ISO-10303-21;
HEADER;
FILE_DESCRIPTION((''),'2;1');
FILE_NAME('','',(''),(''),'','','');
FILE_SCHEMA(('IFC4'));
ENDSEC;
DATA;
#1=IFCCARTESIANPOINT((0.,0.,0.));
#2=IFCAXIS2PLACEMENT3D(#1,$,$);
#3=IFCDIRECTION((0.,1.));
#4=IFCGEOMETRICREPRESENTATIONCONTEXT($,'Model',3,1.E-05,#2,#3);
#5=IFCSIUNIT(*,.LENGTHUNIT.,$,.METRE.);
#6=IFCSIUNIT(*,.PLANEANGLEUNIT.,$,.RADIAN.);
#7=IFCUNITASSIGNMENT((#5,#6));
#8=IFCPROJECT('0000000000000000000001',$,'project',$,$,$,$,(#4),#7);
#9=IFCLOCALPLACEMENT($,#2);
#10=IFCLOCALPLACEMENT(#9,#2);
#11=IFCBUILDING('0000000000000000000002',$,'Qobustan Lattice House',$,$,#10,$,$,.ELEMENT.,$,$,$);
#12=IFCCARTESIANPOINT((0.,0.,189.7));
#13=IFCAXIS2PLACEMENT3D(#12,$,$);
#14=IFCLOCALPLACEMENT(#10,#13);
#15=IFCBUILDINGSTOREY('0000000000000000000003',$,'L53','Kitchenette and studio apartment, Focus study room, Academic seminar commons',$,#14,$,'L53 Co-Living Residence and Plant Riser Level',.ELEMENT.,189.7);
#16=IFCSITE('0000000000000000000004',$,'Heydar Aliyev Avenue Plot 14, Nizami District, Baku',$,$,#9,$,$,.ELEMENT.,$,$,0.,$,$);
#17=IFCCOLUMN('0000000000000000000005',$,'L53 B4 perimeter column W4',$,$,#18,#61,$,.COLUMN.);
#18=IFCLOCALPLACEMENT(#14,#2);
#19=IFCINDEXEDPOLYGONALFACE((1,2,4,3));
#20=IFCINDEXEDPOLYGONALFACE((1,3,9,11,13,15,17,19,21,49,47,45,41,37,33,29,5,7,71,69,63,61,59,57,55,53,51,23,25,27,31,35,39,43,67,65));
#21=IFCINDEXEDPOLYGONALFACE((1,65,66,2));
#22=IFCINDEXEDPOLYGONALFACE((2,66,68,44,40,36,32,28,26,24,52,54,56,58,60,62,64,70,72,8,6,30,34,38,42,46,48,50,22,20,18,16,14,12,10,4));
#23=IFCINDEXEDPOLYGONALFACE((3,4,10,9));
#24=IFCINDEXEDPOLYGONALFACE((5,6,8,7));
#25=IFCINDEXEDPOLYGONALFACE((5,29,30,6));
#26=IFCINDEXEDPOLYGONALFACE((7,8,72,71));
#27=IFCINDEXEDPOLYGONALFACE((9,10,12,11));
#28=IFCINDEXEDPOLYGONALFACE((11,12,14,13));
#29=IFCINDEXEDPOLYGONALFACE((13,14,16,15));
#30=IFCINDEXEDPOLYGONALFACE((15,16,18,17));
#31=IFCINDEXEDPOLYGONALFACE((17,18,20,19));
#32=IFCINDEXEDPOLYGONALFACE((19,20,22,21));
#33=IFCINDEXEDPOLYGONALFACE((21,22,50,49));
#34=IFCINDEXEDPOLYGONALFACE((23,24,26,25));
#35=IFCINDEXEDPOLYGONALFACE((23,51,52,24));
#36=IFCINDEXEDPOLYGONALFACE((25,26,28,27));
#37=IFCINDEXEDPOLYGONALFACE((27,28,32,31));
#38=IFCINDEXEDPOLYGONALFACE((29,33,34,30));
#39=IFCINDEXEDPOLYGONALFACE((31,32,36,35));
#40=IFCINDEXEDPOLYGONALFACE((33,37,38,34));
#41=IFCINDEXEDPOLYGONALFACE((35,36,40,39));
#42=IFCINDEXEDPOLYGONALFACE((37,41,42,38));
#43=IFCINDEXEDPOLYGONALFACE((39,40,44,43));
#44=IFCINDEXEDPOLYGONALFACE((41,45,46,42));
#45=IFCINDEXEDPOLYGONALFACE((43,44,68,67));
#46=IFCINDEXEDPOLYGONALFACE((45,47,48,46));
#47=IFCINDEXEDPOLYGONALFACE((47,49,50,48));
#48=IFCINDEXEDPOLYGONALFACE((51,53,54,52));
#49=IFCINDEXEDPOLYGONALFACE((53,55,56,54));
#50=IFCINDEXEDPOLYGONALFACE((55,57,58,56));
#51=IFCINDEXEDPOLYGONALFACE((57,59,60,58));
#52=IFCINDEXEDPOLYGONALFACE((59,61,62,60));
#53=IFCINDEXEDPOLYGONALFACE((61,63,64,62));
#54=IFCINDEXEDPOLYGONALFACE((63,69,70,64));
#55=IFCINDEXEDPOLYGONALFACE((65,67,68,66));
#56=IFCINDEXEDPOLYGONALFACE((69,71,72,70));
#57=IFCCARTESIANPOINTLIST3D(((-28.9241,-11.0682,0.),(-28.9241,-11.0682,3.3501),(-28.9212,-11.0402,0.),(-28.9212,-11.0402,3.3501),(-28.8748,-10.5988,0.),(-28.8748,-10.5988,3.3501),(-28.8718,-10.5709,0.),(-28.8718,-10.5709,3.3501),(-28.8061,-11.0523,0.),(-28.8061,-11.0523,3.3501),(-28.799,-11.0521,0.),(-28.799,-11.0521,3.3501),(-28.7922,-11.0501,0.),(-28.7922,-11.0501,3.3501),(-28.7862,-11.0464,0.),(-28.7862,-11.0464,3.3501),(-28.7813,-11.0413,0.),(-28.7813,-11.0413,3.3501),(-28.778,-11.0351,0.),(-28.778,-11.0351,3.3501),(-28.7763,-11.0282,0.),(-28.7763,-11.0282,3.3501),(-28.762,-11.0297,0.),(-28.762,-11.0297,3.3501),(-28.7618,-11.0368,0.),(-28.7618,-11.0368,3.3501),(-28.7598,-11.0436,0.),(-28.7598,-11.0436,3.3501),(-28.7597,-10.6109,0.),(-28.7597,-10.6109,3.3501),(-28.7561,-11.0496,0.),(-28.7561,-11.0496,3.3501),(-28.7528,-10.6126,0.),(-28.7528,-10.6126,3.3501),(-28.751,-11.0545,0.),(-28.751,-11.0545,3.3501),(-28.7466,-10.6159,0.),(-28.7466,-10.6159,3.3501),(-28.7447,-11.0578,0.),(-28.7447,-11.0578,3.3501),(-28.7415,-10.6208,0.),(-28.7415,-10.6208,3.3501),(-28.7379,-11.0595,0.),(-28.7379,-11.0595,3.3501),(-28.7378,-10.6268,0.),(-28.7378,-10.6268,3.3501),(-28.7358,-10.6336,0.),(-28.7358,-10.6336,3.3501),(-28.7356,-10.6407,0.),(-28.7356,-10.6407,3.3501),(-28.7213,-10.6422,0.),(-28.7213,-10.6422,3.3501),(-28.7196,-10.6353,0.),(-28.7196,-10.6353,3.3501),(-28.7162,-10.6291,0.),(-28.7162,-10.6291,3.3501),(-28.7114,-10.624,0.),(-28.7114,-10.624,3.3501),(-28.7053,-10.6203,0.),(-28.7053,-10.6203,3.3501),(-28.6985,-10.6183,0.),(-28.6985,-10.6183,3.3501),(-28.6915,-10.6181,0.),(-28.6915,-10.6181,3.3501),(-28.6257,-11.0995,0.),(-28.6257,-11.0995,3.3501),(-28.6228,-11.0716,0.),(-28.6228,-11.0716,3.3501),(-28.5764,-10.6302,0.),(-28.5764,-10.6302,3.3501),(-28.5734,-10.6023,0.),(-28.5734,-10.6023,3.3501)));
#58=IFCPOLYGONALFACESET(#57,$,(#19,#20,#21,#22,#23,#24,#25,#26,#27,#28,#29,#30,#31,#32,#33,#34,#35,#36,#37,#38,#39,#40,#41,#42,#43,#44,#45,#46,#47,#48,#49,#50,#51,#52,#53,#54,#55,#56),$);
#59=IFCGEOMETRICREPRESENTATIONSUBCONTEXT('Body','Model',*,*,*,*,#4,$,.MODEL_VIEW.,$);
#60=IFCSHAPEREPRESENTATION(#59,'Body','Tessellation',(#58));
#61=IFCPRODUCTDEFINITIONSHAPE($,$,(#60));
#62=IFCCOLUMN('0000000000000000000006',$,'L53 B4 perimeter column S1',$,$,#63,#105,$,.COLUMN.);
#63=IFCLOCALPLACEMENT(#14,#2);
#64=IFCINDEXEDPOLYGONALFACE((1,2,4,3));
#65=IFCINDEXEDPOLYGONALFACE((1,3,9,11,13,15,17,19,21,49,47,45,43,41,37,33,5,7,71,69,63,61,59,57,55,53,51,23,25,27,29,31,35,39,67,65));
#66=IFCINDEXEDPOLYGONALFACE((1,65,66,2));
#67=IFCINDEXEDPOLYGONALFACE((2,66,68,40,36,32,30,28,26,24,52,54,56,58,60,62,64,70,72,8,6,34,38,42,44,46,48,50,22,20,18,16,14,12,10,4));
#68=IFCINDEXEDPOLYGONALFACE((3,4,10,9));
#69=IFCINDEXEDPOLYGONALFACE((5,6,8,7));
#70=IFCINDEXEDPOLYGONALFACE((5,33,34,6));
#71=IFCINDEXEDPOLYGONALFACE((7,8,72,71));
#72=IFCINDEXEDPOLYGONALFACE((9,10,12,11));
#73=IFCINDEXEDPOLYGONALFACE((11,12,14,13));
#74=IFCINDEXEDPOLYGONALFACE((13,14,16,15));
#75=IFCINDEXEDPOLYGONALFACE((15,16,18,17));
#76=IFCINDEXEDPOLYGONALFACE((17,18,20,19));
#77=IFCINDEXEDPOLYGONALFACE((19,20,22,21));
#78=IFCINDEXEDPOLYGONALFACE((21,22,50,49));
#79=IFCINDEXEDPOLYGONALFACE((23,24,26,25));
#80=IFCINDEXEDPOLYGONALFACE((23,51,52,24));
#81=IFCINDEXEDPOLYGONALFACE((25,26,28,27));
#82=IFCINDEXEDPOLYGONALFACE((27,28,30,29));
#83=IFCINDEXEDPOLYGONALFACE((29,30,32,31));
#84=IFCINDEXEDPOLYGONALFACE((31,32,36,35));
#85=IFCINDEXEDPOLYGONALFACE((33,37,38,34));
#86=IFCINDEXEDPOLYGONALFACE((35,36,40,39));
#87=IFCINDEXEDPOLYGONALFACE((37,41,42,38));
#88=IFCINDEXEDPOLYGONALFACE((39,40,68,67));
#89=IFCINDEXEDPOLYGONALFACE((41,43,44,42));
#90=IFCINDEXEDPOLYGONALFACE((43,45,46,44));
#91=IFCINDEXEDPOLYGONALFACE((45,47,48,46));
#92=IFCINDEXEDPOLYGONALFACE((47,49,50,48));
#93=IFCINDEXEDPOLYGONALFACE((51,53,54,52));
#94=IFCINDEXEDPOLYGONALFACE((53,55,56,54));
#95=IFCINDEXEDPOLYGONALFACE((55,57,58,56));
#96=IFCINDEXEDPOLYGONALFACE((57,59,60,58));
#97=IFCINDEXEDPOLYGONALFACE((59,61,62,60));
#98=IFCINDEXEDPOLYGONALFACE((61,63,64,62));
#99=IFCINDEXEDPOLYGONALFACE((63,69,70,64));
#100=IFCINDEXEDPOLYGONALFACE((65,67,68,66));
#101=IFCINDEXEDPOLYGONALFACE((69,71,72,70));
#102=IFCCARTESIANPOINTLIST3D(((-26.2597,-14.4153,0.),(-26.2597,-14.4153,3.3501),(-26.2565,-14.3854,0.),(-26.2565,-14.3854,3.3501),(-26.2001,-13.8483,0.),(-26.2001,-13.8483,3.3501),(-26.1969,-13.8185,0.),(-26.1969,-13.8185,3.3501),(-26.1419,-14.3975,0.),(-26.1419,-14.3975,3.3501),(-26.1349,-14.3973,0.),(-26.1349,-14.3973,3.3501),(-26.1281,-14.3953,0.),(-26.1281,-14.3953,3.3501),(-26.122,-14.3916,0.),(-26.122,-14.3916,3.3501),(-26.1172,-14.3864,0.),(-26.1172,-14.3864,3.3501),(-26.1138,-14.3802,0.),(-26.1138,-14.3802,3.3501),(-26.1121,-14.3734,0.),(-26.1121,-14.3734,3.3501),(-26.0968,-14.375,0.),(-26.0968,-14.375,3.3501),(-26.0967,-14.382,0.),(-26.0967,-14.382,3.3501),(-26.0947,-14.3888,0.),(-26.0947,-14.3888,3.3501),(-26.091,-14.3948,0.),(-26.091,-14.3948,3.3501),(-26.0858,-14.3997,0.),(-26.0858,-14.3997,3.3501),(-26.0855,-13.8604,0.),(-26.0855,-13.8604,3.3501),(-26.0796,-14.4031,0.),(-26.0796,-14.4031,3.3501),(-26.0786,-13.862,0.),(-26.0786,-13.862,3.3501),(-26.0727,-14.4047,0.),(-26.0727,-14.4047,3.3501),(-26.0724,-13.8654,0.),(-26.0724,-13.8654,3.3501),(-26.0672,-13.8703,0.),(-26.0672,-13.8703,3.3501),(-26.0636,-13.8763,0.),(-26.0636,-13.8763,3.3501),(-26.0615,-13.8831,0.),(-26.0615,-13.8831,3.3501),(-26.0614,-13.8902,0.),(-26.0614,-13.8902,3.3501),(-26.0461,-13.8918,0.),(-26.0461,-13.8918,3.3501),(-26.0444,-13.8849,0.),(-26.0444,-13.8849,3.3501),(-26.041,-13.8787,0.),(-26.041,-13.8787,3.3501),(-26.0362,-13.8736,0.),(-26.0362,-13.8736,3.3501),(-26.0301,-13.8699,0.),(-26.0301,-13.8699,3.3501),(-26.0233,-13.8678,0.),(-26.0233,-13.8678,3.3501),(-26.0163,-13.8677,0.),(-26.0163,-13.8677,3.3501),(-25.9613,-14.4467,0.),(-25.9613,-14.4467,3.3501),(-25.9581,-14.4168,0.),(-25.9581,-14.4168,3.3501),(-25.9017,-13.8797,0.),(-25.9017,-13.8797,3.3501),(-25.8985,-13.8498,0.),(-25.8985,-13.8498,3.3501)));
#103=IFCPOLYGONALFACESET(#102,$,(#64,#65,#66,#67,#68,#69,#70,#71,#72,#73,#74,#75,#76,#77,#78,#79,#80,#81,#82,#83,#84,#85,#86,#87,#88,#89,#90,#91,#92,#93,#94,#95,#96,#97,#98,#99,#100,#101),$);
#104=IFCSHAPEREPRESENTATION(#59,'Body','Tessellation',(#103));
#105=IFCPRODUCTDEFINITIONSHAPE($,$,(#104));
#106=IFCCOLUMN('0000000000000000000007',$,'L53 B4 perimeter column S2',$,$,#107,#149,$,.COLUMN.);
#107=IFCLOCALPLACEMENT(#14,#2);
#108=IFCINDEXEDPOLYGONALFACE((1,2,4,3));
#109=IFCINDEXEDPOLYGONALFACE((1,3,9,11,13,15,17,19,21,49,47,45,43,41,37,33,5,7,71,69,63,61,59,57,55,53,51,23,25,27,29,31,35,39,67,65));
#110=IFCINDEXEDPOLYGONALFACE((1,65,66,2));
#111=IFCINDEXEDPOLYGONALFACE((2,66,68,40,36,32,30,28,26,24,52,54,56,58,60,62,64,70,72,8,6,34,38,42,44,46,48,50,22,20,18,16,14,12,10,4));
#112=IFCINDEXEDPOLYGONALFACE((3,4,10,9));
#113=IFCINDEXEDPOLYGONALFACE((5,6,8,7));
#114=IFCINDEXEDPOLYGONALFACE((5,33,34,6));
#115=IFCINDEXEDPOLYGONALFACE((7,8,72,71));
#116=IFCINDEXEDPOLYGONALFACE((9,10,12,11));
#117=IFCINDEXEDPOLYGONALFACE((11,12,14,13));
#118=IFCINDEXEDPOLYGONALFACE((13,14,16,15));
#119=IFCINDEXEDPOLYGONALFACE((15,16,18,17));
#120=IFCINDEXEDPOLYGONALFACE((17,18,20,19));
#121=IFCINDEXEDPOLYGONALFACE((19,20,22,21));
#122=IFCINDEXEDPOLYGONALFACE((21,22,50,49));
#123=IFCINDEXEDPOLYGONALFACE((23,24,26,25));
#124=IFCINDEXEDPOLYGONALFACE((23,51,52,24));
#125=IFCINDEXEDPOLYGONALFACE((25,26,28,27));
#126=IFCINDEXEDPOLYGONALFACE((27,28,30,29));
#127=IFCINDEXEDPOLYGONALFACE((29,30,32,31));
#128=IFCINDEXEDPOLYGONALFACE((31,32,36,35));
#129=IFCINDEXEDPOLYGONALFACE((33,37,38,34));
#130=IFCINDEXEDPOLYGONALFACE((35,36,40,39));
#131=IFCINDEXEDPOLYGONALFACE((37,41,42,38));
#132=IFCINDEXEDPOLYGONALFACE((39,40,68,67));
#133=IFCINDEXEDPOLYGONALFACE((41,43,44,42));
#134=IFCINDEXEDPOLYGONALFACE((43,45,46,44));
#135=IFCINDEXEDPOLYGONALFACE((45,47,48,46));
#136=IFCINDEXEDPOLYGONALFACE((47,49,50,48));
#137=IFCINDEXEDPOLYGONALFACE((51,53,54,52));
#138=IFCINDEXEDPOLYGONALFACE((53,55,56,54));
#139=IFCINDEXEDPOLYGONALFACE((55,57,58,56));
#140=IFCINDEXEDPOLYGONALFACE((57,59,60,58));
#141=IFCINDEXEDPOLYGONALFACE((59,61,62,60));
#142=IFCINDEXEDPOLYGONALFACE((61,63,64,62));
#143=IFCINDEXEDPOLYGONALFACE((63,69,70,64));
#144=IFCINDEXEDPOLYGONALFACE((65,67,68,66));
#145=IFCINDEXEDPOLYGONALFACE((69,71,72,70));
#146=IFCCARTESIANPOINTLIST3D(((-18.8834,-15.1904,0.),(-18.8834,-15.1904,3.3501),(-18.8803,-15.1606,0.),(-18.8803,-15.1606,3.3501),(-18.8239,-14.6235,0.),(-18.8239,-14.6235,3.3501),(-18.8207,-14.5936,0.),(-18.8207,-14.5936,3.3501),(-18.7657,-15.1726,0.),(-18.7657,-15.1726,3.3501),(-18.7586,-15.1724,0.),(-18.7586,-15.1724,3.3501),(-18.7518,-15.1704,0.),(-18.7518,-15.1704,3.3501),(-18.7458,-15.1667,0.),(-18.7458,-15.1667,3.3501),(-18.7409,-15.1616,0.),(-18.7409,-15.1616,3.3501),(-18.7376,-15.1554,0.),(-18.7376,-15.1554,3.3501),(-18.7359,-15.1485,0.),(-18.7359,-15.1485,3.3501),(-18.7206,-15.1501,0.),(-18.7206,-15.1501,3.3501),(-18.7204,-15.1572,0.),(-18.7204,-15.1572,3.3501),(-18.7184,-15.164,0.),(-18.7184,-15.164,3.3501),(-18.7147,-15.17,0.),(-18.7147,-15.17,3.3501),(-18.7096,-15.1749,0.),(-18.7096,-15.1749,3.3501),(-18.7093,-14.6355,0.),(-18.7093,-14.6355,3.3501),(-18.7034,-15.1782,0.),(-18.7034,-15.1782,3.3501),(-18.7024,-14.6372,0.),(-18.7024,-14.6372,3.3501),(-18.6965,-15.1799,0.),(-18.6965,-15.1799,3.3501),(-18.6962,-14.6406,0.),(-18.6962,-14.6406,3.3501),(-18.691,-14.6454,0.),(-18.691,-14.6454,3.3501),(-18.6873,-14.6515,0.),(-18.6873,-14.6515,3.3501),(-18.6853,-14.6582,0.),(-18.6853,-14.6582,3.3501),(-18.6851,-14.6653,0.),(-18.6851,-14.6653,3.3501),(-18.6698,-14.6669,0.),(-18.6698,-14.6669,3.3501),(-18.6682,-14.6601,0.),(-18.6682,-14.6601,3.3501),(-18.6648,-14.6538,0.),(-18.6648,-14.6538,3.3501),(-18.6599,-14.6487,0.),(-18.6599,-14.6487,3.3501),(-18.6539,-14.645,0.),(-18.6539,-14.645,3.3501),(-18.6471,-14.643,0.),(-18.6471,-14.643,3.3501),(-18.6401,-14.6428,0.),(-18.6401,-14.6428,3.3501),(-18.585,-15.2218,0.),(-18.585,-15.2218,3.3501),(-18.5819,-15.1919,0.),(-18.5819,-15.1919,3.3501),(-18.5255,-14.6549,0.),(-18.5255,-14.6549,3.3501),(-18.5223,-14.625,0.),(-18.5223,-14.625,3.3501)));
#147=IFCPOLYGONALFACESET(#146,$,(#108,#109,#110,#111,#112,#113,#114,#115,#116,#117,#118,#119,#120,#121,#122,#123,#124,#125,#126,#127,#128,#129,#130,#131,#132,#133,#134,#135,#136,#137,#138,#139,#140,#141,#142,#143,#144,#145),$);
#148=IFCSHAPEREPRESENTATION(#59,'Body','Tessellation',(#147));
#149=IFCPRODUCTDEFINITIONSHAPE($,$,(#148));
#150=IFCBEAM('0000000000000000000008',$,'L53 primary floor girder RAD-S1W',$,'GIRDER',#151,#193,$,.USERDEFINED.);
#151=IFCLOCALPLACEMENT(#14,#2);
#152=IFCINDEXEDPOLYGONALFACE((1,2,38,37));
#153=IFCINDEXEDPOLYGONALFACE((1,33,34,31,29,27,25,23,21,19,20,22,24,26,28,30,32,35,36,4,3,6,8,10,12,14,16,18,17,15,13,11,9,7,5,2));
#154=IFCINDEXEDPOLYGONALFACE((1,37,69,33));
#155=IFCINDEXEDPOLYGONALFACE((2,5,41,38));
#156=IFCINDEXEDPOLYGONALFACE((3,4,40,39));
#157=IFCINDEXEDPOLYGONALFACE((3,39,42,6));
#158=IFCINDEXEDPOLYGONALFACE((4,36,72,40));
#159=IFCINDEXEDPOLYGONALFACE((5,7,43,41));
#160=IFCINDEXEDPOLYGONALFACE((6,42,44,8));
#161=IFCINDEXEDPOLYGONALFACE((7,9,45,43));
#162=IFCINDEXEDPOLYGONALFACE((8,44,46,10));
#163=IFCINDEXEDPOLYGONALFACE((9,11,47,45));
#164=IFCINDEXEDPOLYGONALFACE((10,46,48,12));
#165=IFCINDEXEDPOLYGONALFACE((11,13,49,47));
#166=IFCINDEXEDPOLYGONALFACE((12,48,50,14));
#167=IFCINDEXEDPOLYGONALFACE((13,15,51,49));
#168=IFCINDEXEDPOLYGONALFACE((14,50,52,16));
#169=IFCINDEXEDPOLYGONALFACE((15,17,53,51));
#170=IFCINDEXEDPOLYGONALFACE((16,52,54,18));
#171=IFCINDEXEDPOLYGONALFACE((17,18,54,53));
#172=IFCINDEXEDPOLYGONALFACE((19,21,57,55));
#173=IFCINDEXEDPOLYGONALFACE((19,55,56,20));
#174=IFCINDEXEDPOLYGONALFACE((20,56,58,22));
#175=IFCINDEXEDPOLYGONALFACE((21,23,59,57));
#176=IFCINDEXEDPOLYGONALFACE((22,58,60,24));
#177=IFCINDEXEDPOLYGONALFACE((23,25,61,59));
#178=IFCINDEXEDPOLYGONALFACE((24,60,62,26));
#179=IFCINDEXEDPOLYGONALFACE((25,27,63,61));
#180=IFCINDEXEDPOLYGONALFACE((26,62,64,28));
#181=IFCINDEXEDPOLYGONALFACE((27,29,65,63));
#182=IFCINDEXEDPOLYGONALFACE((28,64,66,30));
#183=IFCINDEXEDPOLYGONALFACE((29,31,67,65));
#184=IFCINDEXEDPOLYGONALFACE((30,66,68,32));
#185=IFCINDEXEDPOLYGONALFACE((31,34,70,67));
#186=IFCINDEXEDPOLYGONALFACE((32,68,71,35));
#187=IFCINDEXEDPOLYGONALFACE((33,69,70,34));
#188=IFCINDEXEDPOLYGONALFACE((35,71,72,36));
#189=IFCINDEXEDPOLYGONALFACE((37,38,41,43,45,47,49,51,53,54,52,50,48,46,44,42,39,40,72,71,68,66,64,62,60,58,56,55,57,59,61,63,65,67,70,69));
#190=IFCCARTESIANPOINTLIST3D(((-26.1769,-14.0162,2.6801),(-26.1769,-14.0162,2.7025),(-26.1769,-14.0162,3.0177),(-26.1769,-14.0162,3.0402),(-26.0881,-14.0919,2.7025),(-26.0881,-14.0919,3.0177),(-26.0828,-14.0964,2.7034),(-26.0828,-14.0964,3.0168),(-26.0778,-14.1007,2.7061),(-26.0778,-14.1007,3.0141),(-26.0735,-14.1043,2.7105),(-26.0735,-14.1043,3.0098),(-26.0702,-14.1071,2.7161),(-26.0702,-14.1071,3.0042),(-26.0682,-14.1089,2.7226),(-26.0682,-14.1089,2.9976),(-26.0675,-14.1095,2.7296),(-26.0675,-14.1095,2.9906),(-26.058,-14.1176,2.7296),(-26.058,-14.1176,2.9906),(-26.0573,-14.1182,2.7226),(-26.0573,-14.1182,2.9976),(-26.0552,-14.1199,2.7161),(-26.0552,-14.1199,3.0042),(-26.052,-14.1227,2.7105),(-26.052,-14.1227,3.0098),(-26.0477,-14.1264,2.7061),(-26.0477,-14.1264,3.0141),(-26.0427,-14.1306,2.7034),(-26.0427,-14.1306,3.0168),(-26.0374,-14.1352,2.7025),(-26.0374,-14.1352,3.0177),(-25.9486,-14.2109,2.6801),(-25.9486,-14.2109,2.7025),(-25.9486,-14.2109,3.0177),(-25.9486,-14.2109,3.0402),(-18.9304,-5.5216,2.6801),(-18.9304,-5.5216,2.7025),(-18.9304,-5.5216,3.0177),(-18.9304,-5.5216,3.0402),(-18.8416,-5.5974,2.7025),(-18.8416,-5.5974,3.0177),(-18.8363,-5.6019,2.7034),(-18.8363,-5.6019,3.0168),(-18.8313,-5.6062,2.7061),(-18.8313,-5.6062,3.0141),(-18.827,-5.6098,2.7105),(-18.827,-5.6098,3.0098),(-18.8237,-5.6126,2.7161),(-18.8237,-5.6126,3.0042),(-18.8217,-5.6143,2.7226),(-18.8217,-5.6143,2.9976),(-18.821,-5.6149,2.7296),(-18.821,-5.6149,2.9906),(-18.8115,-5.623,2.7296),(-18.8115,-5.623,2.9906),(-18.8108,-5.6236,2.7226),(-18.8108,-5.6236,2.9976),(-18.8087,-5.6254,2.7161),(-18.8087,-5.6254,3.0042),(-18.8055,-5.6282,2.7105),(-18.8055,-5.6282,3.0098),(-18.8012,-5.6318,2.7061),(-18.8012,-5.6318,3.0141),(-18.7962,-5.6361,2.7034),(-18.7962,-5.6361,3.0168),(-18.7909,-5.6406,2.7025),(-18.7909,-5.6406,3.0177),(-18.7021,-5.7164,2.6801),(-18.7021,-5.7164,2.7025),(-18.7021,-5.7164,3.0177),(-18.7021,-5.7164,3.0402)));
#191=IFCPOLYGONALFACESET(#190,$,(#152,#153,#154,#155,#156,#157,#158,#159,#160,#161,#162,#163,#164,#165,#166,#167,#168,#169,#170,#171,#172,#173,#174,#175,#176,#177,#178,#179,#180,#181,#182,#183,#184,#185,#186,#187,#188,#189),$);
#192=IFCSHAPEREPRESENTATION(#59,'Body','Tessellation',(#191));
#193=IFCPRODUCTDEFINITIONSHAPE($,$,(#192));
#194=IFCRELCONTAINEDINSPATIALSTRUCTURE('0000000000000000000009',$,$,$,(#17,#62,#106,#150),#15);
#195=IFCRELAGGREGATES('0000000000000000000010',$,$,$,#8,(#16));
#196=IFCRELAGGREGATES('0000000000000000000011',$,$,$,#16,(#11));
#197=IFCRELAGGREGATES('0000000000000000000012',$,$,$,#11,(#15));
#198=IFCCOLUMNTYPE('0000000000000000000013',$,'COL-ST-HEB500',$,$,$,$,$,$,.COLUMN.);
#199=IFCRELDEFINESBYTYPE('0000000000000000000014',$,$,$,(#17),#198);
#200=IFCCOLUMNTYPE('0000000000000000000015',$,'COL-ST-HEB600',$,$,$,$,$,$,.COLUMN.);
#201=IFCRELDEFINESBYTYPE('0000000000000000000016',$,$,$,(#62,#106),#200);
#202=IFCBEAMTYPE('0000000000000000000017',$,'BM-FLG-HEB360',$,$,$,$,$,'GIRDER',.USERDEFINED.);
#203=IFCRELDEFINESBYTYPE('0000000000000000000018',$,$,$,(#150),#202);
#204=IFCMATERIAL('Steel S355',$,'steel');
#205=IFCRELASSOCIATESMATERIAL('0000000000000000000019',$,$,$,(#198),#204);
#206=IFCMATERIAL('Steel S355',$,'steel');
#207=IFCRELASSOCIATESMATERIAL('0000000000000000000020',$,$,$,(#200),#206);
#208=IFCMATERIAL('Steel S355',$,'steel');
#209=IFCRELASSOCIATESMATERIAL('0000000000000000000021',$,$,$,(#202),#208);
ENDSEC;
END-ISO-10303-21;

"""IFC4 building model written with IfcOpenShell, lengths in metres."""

from ifc_helpers import new_model, si_unit, direction, frame, origin, origin_2d, place, context, subcontext, project, spatial, i_section, extrude, material, material_profile, profile_set, type_object, element, save


model = new_model("IFC4")

# Units and contexts
model_context = context("Model", 3, precision=1e-05, world=origin(), true_north=direction((0.0, 1.0)))
body_context = subcontext(model_context, "Body", "Model", "MODEL_VIEW")
ifc_project = project(units=[si_unit("LENGTHUNIT", "METRE"), si_unit("PLANEANGLEUNIT", "RADIAN")], contexts=[model_context])

# Site, building, storey
site_placement = place(None, origin())
site = spatial("IfcSite", under=ifc_project, at=site_placement, Name="Heydar Aliyev Avenue Plot 14, Nizami District, Baku", CompositionType="ELEMENT", RefElevation=0.0)
building_placement = place(site_placement, origin())
building = spatial("IfcBuilding", under=site, at=building_placement, Name="Qobustan Lattice House", CompositionType="ELEMENT")
storey_placement = place(building_placement, frame((0.0, 0.0, 189.7)))
storey = spatial("IfcBuildingStorey", under=building, at=storey_placement, Name="L53", Description="Kitchenette and studio apartment, Focus study room, Academic seminar commons", LongName="L53 Co-Living Residence and Plant Riser Level", CompositionType="ELEMENT", Elevation=189.7)

# Columns
ifc_material_1 = material(Name="Steel S355", Category="steel")
ifc_material_profile_1 = material_profile(ifc_material_1, i_section(OverallWidth=0.3, OverallDepth=0.5, WebThickness=0.0144, FlangeThickness=0.0281, FilletRadius=0.0271, at=origin_2d()), Name="HEB500")
ifc_profile_set_1 = profile_set([ifc_material_profile_1], Name="Steel S355")
column_type_1 = type_object("IfcColumnType", Name="COL-ST-HEB500", PredefinedType="COLUMN", material=ifc_profile_set_1)
column_placement = place(storey_placement, frame((-28.7488, -10.8352, 0.0), z_axis=(0.0, 0.0, 1.0), x_axis=(0.994522, -0.104528, 0.0)))
element("IfcColumn", 1, at=column_placement, inside=storey, type_object=column_type_1, Name="L53 B4 perimeter column W4", PredefinedType="COLUMN", context=body_context, shape_type="SweptSolid", body=[
    extrude(i_section(OverallWidth=0.3, OverallDepth=0.5, WebThickness=0.0144, FlangeThickness=0.0281, FilletRadius=0.0271, at=origin_2d()), origin(), (0.0, 0.0, 1.0), 3.3501),
])
ifc_material_2 = material(Name="Steel S355", Category="steel")
ifc_material_profile_2 = material_profile(ifc_material_2, i_section(OverallWidth=0.3, OverallDepth=0.6001, WebThickness=0.0154, FlangeThickness=0.03, FilletRadius=0.0271, at=origin_2d()), Name="HEB600")
ifc_profile_set_2 = profile_set([ifc_material_profile_2], Name="Steel S355")
column_type_2 = type_object("IfcColumnType", Name="COL-ST-HEB600", PredefinedType="COLUMN", material=ifc_profile_set_2)
for number, where, z_axis, x_axis, name in (
    (2, (-26.0791, -14.1326, 0.0), (0.0, 0.0, 1.0), (0.994522, -0.104528, 0.0), "L53 B4 perimeter column S1"),
    (3, (-18.7029, -14.9077, 0.0), (0.0, 0.0, 1.0), (0.994522, -0.104528, 0.0), "L53 B4 perimeter column S2"),
):
    element("IfcColumn", number, at=place(storey_placement, frame(where, z_axis=z_axis, x_axis=x_axis)), inside=storey, type_object=column_type_2, Name=name, PredefinedType="COLUMN", context=body_context, shape_type="SweptSolid", body=[
        extrude(i_section(OverallWidth=0.3, OverallDepth=0.6001, WebThickness=0.0154, FlangeThickness=0.03, FilletRadius=0.0271, at=origin_2d()), origin(), (0.0, 0.0, 1.0), 3.3501),
    ])

# Beam
ifc_material_3 = material(Name="Steel S355", Category="steel")
ifc_material_profile_3 = material_profile(ifc_material_3, i_section(OverallWidth=0.3, OverallDepth=0.3601, WebThickness=0.0125, FlangeThickness=0.0225, FilletRadius=0.0271, at=origin_2d()), Name="HEB360")
ifc_profile_set_3 = profile_set([ifc_material_profile_3], Name="Steel S355")
beam_type_1 = type_object("IfcBeamType", Name="BM-FLG-HEB360", ElementType="GIRDER", PredefinedType="USERDEFINED", material=ifc_profile_set_3)
beam_1_placement = place(storey_placement, frame((-26.0627, -14.1135, 2.8601), z_axis=(0.649007, 0.760783, 0.0), x_axis=(-0.760783, 0.649007, 0.0)))
element("IfcBeam", 4, at=beam_1_placement, inside=storey, type_object=beam_type_1, Name="L53 primary floor girder RAD-S1W", ObjectType="GIRDER", PredefinedType="USERDEFINED", context=body_context, shape_type="SweptSolid", body=[
    extrude(i_section(OverallWidth=0.3, OverallDepth=0.3601, WebThickness=0.0125, FlangeThickness=0.0225, FilletRadius=0.0271, at=origin_2d()), origin(), (0.0, 0.0, 1.0), 11.1655),
])

save(model, "model.ifc")
